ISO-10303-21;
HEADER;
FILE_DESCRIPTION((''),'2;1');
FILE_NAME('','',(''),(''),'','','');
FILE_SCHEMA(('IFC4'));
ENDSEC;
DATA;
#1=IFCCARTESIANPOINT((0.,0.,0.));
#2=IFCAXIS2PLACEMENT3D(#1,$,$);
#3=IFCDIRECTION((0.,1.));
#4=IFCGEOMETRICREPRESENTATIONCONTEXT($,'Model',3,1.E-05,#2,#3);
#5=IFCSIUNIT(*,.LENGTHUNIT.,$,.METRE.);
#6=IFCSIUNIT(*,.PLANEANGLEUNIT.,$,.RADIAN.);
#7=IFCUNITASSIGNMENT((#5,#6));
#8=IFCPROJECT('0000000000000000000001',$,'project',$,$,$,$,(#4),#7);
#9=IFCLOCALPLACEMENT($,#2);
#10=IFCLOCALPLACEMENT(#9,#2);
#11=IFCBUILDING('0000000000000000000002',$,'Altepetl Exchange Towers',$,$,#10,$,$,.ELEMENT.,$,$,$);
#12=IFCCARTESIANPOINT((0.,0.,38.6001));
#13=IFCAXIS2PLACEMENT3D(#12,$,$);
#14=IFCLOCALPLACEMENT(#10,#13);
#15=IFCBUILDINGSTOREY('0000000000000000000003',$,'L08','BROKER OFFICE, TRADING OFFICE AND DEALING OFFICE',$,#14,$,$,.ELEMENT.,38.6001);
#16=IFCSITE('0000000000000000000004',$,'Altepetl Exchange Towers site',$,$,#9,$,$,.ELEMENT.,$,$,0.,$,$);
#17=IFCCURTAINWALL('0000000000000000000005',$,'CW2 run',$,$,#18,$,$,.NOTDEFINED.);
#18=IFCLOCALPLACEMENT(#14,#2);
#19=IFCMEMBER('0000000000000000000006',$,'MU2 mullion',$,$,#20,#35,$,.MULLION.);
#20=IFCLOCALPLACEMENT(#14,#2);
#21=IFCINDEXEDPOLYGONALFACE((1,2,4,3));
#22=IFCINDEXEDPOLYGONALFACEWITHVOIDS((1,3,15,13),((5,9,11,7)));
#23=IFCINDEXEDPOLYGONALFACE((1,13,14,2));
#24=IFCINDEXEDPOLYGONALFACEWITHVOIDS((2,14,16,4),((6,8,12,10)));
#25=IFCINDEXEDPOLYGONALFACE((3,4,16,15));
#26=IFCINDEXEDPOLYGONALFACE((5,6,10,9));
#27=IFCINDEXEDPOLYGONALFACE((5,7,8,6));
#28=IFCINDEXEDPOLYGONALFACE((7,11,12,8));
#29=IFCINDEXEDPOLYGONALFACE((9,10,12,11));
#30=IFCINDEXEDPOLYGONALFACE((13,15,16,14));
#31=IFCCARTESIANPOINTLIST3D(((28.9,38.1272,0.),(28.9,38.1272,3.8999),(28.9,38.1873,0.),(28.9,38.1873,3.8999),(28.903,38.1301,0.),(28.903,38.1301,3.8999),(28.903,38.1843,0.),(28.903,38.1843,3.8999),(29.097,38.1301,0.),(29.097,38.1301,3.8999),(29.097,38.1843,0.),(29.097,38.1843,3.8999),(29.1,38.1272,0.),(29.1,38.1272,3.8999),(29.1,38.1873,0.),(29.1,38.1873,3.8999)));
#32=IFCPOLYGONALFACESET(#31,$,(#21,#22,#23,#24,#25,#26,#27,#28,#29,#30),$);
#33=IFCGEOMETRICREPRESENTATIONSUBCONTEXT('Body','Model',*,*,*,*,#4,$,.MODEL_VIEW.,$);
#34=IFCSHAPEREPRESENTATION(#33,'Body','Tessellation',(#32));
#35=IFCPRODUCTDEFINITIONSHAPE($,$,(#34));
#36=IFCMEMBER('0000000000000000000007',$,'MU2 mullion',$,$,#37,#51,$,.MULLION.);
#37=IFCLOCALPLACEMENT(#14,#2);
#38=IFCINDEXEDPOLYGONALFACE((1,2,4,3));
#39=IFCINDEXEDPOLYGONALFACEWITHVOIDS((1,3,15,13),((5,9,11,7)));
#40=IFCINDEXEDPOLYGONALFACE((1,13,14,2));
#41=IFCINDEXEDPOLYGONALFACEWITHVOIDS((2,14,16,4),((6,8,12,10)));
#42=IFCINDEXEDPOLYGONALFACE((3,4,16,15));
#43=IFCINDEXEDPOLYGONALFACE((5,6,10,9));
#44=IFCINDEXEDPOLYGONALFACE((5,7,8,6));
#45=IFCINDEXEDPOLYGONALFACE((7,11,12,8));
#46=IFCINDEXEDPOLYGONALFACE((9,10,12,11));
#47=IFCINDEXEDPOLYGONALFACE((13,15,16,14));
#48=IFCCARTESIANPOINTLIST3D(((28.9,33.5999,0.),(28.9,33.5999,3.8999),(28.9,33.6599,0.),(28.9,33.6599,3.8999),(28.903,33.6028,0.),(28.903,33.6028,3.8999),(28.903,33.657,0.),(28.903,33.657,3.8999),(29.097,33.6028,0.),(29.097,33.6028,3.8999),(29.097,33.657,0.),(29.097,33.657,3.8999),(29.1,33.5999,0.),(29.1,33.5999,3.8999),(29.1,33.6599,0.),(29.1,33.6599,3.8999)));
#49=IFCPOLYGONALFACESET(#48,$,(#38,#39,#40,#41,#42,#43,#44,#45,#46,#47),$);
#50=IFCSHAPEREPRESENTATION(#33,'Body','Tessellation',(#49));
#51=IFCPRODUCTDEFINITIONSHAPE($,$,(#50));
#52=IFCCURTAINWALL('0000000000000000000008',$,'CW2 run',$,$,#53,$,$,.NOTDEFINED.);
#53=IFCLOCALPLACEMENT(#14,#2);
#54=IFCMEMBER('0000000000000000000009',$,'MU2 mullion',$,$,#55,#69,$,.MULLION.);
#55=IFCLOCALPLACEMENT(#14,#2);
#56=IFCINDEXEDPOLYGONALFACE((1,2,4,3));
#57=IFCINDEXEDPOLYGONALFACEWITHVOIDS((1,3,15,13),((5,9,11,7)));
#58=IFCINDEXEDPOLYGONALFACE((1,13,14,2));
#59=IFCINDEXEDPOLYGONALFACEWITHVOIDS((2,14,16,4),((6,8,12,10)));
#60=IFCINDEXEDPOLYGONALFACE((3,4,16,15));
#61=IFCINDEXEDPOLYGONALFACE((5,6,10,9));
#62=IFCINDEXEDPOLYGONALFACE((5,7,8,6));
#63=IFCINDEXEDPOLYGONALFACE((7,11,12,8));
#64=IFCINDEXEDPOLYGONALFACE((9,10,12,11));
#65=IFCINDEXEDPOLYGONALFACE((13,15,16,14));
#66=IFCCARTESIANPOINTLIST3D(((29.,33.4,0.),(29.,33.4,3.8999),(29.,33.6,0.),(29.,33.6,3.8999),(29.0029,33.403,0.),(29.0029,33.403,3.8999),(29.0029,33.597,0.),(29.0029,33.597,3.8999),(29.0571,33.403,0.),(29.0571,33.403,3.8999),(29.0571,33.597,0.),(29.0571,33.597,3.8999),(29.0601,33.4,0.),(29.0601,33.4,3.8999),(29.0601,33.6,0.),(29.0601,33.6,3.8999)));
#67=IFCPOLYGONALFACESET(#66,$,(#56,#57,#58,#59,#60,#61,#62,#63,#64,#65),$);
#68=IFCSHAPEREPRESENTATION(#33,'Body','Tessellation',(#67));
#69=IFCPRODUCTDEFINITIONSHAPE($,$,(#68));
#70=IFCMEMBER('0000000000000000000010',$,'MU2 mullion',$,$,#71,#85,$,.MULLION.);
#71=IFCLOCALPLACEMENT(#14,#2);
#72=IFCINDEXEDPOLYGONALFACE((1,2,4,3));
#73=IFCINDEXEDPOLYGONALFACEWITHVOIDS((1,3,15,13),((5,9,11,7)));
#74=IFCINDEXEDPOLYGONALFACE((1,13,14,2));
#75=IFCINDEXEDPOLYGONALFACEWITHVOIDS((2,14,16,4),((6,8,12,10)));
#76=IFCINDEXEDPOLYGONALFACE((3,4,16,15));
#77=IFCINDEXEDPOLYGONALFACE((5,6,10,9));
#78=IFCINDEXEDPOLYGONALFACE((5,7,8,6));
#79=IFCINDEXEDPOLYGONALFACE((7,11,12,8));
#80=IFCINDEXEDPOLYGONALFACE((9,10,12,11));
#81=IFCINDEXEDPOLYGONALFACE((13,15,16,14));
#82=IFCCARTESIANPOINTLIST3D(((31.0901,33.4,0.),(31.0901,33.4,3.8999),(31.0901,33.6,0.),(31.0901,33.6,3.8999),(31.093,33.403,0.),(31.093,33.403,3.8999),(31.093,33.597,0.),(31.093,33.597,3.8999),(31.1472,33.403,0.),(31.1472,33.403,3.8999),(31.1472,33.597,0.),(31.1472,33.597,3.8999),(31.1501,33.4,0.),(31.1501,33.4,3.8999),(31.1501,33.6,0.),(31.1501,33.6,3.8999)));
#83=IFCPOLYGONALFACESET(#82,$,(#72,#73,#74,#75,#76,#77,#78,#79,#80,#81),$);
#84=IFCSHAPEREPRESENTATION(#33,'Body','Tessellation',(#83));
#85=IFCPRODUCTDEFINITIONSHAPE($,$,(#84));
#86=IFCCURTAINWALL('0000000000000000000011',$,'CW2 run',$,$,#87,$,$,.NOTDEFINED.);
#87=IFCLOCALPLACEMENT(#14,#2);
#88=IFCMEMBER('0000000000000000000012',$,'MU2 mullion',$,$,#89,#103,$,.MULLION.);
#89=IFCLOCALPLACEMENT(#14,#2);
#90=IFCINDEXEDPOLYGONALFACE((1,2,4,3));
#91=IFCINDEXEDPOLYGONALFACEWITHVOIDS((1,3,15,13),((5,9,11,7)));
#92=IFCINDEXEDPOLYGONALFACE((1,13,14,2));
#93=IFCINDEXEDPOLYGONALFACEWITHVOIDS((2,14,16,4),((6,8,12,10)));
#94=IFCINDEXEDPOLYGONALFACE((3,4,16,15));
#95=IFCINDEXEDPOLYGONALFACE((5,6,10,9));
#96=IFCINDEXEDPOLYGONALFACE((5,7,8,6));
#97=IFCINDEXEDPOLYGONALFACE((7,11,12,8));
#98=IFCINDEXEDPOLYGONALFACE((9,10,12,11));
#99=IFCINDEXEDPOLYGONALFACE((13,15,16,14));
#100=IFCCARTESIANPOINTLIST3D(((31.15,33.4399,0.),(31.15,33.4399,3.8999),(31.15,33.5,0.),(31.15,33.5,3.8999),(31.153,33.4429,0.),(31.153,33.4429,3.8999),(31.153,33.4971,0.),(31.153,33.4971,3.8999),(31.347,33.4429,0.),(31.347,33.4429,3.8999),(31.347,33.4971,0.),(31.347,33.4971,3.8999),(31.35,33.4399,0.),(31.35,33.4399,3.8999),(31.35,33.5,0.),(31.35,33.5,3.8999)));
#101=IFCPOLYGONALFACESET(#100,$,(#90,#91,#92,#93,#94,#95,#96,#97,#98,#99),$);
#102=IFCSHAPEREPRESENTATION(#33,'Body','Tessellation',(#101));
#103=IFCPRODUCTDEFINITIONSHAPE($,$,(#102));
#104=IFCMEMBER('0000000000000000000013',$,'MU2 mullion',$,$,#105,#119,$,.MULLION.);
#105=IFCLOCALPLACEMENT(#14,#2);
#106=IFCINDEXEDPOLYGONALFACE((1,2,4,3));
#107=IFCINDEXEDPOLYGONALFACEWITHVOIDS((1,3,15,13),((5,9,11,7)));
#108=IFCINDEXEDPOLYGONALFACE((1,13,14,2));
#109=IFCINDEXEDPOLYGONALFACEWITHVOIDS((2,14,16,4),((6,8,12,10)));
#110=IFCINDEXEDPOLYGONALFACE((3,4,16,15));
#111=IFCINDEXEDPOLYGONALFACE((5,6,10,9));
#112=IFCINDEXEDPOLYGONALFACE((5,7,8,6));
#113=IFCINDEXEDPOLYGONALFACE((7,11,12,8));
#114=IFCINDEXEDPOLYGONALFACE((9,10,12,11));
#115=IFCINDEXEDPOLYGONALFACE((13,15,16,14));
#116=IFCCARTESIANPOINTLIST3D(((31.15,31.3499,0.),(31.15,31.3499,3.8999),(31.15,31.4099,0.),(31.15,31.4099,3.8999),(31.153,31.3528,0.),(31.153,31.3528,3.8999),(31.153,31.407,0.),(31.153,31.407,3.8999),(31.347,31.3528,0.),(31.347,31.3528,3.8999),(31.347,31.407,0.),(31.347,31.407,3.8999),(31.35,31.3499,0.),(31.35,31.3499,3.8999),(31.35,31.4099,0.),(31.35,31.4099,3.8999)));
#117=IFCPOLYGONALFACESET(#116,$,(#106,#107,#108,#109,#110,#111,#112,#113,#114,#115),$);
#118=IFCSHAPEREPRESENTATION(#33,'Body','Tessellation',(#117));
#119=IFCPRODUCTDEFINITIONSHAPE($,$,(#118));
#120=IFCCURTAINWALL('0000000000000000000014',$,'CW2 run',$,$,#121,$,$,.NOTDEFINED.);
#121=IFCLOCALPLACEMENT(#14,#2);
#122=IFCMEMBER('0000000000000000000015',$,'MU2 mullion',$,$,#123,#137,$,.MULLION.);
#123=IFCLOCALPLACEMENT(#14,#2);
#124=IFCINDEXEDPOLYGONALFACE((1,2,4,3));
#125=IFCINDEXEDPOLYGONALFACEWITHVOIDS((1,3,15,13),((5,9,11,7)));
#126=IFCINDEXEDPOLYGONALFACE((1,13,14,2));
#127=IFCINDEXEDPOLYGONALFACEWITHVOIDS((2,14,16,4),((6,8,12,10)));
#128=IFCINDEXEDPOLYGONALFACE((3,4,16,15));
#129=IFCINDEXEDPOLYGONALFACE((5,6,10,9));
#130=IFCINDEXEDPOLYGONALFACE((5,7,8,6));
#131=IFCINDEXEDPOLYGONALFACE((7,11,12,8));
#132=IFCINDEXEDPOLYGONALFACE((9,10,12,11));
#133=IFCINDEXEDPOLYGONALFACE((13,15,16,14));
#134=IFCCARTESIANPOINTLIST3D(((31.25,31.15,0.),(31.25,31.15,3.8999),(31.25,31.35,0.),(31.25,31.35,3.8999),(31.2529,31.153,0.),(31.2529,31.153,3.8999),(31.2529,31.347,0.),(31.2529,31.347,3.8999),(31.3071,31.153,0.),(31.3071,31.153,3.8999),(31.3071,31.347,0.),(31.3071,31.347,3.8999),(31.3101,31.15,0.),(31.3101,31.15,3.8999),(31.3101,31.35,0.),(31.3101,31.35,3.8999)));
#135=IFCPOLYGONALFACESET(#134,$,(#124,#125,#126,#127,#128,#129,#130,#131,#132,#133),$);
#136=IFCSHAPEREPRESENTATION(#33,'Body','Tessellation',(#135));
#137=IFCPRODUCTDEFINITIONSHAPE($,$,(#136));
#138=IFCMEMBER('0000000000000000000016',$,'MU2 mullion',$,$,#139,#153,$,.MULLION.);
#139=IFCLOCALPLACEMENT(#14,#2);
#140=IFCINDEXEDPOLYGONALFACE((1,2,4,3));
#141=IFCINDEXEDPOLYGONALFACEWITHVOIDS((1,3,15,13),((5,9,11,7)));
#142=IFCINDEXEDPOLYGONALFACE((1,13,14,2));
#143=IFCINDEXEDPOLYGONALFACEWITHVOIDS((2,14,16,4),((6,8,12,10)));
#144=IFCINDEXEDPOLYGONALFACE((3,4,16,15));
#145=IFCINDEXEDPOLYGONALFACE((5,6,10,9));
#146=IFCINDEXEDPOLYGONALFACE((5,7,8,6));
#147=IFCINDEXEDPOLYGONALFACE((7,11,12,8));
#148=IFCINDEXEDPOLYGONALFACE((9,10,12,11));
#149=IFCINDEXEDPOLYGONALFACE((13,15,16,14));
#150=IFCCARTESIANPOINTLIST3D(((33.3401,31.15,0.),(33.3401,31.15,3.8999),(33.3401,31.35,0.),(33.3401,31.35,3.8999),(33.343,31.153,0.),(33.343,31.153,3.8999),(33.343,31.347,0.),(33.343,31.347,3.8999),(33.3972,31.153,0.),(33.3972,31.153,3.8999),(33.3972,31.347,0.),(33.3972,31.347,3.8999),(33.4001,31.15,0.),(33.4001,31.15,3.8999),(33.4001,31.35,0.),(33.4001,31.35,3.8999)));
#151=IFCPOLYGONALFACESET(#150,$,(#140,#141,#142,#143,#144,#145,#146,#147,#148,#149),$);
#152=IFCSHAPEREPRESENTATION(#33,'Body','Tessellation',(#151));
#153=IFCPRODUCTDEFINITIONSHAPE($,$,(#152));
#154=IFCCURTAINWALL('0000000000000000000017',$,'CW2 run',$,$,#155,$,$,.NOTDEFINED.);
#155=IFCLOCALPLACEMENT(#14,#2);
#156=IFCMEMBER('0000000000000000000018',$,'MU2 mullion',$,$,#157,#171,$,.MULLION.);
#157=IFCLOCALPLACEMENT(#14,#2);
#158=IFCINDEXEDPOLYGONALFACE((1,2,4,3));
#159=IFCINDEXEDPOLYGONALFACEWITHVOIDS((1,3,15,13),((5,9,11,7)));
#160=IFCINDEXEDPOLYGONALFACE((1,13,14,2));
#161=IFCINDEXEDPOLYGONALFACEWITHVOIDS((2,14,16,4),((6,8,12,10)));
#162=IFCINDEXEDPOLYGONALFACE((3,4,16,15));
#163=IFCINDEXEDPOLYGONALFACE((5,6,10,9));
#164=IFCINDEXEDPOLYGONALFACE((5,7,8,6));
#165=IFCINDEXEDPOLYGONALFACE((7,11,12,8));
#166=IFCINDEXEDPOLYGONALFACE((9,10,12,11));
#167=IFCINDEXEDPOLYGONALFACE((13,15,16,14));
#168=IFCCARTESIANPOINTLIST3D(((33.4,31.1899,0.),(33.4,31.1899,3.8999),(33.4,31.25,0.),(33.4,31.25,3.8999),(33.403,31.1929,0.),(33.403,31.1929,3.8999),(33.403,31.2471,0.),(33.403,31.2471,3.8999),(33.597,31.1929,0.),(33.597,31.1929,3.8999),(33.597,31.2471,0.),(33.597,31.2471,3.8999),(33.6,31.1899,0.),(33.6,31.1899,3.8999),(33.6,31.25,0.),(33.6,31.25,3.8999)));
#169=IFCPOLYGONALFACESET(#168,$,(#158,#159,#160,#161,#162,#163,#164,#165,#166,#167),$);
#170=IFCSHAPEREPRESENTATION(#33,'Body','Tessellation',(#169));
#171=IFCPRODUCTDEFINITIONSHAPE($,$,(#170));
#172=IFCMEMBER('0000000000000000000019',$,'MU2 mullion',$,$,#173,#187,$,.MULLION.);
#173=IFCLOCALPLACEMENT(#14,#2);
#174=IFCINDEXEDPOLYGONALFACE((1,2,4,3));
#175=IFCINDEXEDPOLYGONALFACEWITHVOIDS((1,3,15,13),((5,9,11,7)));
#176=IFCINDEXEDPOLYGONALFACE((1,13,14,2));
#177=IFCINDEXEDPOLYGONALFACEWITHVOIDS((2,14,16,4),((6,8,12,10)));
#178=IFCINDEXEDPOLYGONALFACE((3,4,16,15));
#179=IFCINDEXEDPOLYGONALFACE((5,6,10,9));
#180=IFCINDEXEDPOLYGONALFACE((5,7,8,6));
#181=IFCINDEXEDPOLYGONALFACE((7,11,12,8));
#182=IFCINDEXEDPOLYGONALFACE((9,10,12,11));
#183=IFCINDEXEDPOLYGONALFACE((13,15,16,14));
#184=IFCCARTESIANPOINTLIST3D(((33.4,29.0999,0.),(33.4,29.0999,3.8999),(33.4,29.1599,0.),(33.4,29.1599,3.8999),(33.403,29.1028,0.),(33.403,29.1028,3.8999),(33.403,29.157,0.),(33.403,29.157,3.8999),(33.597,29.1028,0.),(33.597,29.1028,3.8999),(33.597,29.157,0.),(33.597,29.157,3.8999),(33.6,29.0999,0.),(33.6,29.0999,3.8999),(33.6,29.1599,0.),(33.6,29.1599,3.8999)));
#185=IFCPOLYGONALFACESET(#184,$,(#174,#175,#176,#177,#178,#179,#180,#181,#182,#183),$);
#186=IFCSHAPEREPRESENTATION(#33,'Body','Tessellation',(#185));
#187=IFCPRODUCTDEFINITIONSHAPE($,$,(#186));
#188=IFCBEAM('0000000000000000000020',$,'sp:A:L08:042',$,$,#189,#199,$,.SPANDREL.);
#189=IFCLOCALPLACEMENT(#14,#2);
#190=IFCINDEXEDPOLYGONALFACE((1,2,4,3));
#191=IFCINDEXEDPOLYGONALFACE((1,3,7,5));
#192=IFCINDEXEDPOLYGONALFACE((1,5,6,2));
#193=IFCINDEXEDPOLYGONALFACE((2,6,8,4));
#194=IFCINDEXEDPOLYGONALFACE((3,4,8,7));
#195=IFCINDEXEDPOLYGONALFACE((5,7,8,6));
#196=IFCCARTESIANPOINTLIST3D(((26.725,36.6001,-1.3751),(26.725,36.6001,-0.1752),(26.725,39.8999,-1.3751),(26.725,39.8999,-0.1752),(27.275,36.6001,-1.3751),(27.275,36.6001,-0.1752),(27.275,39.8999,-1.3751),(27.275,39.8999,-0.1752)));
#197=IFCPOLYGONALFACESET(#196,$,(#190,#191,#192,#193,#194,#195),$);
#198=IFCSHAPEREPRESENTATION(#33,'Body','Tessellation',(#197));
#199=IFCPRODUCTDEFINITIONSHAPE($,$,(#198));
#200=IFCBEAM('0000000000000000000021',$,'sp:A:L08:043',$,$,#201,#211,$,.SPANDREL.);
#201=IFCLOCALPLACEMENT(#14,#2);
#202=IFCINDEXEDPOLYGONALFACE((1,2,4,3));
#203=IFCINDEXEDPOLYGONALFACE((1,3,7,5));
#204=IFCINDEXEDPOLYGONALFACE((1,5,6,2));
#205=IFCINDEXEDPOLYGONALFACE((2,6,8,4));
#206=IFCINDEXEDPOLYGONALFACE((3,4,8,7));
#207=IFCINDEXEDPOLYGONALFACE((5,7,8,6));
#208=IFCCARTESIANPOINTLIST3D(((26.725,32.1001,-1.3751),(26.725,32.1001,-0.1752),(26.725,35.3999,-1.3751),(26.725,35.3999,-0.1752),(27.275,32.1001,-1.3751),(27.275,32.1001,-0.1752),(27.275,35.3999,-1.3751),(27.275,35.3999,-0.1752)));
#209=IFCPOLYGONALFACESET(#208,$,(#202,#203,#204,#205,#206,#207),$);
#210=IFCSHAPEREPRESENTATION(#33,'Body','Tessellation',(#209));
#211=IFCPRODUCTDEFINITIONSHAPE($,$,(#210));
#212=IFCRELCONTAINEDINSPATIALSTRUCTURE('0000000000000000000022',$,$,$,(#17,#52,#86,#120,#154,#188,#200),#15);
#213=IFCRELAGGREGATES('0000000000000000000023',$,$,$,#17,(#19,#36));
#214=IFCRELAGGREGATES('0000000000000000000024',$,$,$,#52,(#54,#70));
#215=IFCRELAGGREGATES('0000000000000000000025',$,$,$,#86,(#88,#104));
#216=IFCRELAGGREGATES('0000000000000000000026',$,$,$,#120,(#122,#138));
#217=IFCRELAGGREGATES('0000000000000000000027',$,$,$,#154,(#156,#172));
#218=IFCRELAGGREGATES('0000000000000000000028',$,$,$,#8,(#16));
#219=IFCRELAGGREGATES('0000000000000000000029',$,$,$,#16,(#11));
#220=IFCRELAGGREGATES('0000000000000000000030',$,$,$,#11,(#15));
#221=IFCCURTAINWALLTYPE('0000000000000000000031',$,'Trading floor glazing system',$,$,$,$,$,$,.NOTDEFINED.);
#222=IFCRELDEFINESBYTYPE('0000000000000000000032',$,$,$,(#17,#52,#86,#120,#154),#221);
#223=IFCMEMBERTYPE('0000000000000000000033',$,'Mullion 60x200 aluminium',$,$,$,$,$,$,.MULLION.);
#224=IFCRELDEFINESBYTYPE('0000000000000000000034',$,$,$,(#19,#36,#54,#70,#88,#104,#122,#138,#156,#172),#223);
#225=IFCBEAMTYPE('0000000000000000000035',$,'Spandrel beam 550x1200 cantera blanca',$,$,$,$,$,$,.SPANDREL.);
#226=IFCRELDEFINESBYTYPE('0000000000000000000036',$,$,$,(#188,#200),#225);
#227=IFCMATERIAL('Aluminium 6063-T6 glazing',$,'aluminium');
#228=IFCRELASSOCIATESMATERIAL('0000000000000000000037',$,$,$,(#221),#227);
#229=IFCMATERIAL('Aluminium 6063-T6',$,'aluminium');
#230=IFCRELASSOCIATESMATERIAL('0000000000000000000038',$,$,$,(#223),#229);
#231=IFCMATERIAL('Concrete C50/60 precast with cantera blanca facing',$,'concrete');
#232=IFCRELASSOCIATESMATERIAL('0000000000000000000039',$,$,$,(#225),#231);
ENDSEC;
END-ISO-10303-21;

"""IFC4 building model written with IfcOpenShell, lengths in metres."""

from ifc_helpers import new_model, si_unit, direction, frame, origin, origin_2d, place, context, subcontext, project, spatial, rectangle, hollow_rectangle, extrude, material, material_profile, profile_set, type_object, element, aggregate, save


model = new_model("IFC4")

# Units and contexts
model_context = context("Model", 3, precision=1e-05, world=origin(), true_north=direction((0.0, 1.0)))
body_context = subcontext(model_context, "Body", "Model", "MODEL_VIEW")
ifc_project = project(units=[si_unit("LENGTHUNIT", "METRE"), si_unit("PLANEANGLEUNIT", "RADIAN")], contexts=[model_context])

# Site, building, storey
site_placement = place(None, origin())
site = spatial("IfcSite", under=ifc_project, at=site_placement, Name="Altepetl Exchange Towers site", CompositionType="ELEMENT", RefElevation=0.0)
building_placement = place(site_placement, origin())
building = spatial("IfcBuilding", under=site, at=building_placement, Name="Altepetl Exchange Towers", CompositionType="ELEMENT")
storey_placement = place(building_placement, frame((0.0, 0.0, 38.6001)))
storey = spatial("IfcBuildingStorey", under=building, at=storey_placement, Name="L08", Description="BROKER OFFICE, TRADING OFFICE AND DEALING OFFICE", CompositionType="ELEMENT", Elevation=38.6001)

# Curtain walls, members
ifc_material_1 = material(Name="Aluminium 6063-T6 glazing", Category="aluminium")
curtain_wall_type = type_object("IfcCurtainWallType", Name="Trading floor glazing system", PredefinedType="NOTDEFINED", material=ifc_material_1)
curtain_wall_1_placement = place(storey_placement, origin())
curtain_wall_1 = element("IfcCurtainWall", 1, at=curtain_wall_1_placement, inside=storey, type_object=curtain_wall_type, Name="CW2 run", PredefinedType="NOTDEFINED")
ifc_material_2 = material(Name="Aluminium 6063-T6", Category="aluminium")
ifc_material_profile_1 = material_profile(ifc_material_2, hollow_rectangle(XDim=0.0601, YDim=0.2, WallThickness=0.0029, at=origin_2d()), Name="Mullion 60x200 aluminium")
ifc_profile_set_1 = profile_set([ifc_material_profile_1], Name="Aluminium 6063-T6")
member_type = type_object("IfcMemberType", Name="Mullion 60x200 aluminium", PredefinedType="MULLION", material=ifc_profile_set_1)
member_1_placement = place(storey_placement, frame((29.0, 38.1572, 0.0), z_axis=(0.0, 0.0, 1.0), x_axis=(0.0, -1.0, 0.0)))
member_1 = element("IfcMember", 2, at=member_1_placement, type_object=member_type, Name="MU2 mullion", PredefinedType="MULLION", context=body_context, shape_type="SweptSolid", body=[
    extrude(hollow_rectangle(XDim=0.0601, YDim=0.2, WallThickness=0.0029, at=origin_2d()), origin(), (0.0, 0.0, 1.0), 3.8999),
])
member_2_placement = place(storey_placement, frame((29.0, 33.6299, 0.0), z_axis=(0.0, 0.0, 1.0), x_axis=(0.0, -1.0, 0.0)))
member_2 = element("IfcMember", 3, at=member_2_placement, type_object=member_type, Name="MU2 mullion", PredefinedType="MULLION", context=body_context, shape_type="SweptSolid", body=[
    extrude(hollow_rectangle(XDim=0.0601, YDim=0.2, WallThickness=0.0029, at=origin_2d()), origin(), (0.0, 0.0, 1.0), 3.8999),
])
curtain_wall_2_placement = place(storey_placement, origin())
curtain_wall_2 = element("IfcCurtainWall", 4, at=curtain_wall_2_placement, inside=storey, type_object=curtain_wall_type, Name="CW2 run", PredefinedType="NOTDEFINED")
member_3_placement = place(storey_placement, frame((29.03, 33.5, 0.0)))
member_3 = element("IfcMember", 5, at=member_3_placement, type_object=member_type, Name="MU2 mullion", PredefinedType="MULLION", context=body_context, shape_type="SweptSolid", body=[
    extrude(hollow_rectangle(XDim=0.0601, YDim=0.2, WallThickness=0.0029, at=origin_2d()), origin(), (0.0, 0.0, 1.0), 3.8999),
])
member_4_placement = place(storey_placement, frame((31.1201, 33.5, 0.0)))
member_4 = element("IfcMember", 6, at=member_4_placement, type_object=member_type, Name="MU2 mullion", PredefinedType="MULLION", context=body_context, shape_type="SweptSolid", body=[
    extrude(hollow_rectangle(XDim=0.0601, YDim=0.2, WallThickness=0.0029, at=origin_2d()), origin(), (0.0, 0.0, 1.0), 3.8999),
])
curtain_wall_3_placement = place(storey_placement, origin())
curtain_wall_3 = element("IfcCurtainWall", 7, at=curtain_wall_3_placement, inside=storey, type_object=curtain_wall_type, Name="CW2 run", PredefinedType="NOTDEFINED")
member_5_placement = place(storey_placement, frame((31.25, 33.47, 0.0), z_axis=(0.0, 0.0, 1.0), x_axis=(0.0, -1.0, 0.0)))
member_5 = element("IfcMember", 8, at=member_5_placement, type_object=member_type, Name="MU2 mullion", PredefinedType="MULLION", context=body_context, shape_type="SweptSolid", body=[
    extrude(hollow_rectangle(XDim=0.0601, YDim=0.2, WallThickness=0.0029, at=origin_2d()), origin(), (0.0, 0.0, 1.0), 3.8999),
])
member_6_placement = place(storey_placement, frame((31.25, 31.3799, 0.0), z_axis=(0.0, 0.0, 1.0), x_axis=(0.0, -1.0, 0.0)))
member_6 = element("IfcMember", 9, at=member_6_placement, type_object=member_type, Name="MU2 mullion", PredefinedType="MULLION", context=body_context, shape_type="SweptSolid", body=[
    extrude(hollow_rectangle(XDim=0.0601, YDim=0.2, WallThickness=0.0029, at=origin_2d()), origin(), (0.0, 0.0, 1.0), 3.8999),
])
curtain_wall_4_placement = place(storey_placement, origin())
curtain_wall_4 = element("IfcCurtainWall", 10, at=curtain_wall_4_placement, inside=storey, type_object=curtain_wall_type, Name="CW2 run", PredefinedType="NOTDEFINED")
member_7_placement = place(storey_placement, frame((31.28, 31.25, 0.0)))
member_7 = element("IfcMember", 11, at=member_7_placement, type_object=member_type, Name="MU2 mullion", PredefinedType="MULLION", context=body_context, shape_type="SweptSolid", body=[
    extrude(hollow_rectangle(XDim=0.0601, YDim=0.2, WallThickness=0.0029, at=origin_2d()), origin(), (0.0, 0.0, 1.0), 3.8999),
])
member_8_placement = place(storey_placement, frame((33.3701, 31.25, 0.0)))
member_8 = element("IfcMember", 12, at=member_8_placement, type_object=member_type, Name="MU2 mullion", PredefinedType="MULLION", context=body_context, shape_type="SweptSolid", body=[
    extrude(hollow_rectangle(XDim=0.0601, YDim=0.2, WallThickness=0.0029, at=origin_2d()), origin(), (0.0, 0.0, 1.0), 3.8999),
])
curtain_wall_5_placement = place(storey_placement, origin())
curtain_wall_5 = element("IfcCurtainWall", 13, at=curtain_wall_5_placement, inside=storey, type_object=curtain_wall_type, Name="CW2 run", PredefinedType="NOTDEFINED")
member_9_placement = place(storey_placement, frame((33.5, 31.22, 0.0), z_axis=(0.0, 0.0, 1.0), x_axis=(0.0, -1.0, 0.0)))
member_9 = element("IfcMember", 14, at=member_9_placement, type_object=member_type, Name="MU2 mullion", PredefinedType="MULLION", context=body_context, shape_type="SweptSolid", body=[
    extrude(hollow_rectangle(XDim=0.0601, YDim=0.2, WallThickness=0.0029, at=origin_2d()), origin(), (0.0, 0.0, 1.0), 3.8999),
])
member_10_placement = place(storey_placement, frame((33.5, 29.1299, 0.0), z_axis=(0.0, 0.0, 1.0), x_axis=(0.0, -1.0, 0.0)))
member_10 = element("IfcMember", 15, at=member_10_placement, type_object=member_type, Name="MU2 mullion", PredefinedType="MULLION", context=body_context, shape_type="SweptSolid", body=[
    extrude(hollow_rectangle(XDim=0.0601, YDim=0.2, WallThickness=0.0029, at=origin_2d()), origin(), (0.0, 0.0, 1.0), 3.8999),
])

# Beams
ifc_material_3 = material(Name="Concrete C50/60 precast with cantera blanca facing", Category="concrete")
ifc_material_profile_2 = material_profile(ifc_material_3, rectangle(XDim=0.55, YDim=1.2, at=origin_2d()), Name="550 x 1200")
ifc_profile_set_2 = profile_set([ifc_material_profile_2], Name="Concrete C50/60 precast with cantera blanca facing")
beam_type_1 = type_object("IfcBeamType", Name="Spandrel beam 550x1200 cantera blanca", PredefinedType="SPANDREL", material=ifc_profile_set_2)
for number, where, z_axis, x_axis, name in (
    (16, (27.0, 39.8999, -0.7751), (0.0, -1.0, 0.0), (1.0, 0.0, 0.0), "sp:A:L08:042"),
    (17, (27.0, 35.3999, -0.7751), (0.0, -1.0, 0.0), (1.0, 0.0, 0.0), "sp:A:L08:043"),
):
    element("IfcBeam", number, at=place(storey_placement, frame(where, z_axis=z_axis, x_axis=x_axis)), inside=storey, type_object=beam_type_1, Name=name, PredefinedType="SPANDREL", context=body_context, shape_type="SweptSolid", body=[
        extrude(rectangle(XDim=0.55, YDim=1.2, at=origin_2d()), origin(), (0.0, 0.0, 1.0), 3.2998),
    ])

aggregate(curtain_wall_1, [member_1, member_2])
aggregate(curtain_wall_2, [member_3, member_4])
aggregate(curtain_wall_3, [member_5, member_6])
aggregate(curtain_wall_4, [member_7, member_8])
aggregate(curtain_wall_5, [member_9, member_10])

save(model, "model.ifc")
